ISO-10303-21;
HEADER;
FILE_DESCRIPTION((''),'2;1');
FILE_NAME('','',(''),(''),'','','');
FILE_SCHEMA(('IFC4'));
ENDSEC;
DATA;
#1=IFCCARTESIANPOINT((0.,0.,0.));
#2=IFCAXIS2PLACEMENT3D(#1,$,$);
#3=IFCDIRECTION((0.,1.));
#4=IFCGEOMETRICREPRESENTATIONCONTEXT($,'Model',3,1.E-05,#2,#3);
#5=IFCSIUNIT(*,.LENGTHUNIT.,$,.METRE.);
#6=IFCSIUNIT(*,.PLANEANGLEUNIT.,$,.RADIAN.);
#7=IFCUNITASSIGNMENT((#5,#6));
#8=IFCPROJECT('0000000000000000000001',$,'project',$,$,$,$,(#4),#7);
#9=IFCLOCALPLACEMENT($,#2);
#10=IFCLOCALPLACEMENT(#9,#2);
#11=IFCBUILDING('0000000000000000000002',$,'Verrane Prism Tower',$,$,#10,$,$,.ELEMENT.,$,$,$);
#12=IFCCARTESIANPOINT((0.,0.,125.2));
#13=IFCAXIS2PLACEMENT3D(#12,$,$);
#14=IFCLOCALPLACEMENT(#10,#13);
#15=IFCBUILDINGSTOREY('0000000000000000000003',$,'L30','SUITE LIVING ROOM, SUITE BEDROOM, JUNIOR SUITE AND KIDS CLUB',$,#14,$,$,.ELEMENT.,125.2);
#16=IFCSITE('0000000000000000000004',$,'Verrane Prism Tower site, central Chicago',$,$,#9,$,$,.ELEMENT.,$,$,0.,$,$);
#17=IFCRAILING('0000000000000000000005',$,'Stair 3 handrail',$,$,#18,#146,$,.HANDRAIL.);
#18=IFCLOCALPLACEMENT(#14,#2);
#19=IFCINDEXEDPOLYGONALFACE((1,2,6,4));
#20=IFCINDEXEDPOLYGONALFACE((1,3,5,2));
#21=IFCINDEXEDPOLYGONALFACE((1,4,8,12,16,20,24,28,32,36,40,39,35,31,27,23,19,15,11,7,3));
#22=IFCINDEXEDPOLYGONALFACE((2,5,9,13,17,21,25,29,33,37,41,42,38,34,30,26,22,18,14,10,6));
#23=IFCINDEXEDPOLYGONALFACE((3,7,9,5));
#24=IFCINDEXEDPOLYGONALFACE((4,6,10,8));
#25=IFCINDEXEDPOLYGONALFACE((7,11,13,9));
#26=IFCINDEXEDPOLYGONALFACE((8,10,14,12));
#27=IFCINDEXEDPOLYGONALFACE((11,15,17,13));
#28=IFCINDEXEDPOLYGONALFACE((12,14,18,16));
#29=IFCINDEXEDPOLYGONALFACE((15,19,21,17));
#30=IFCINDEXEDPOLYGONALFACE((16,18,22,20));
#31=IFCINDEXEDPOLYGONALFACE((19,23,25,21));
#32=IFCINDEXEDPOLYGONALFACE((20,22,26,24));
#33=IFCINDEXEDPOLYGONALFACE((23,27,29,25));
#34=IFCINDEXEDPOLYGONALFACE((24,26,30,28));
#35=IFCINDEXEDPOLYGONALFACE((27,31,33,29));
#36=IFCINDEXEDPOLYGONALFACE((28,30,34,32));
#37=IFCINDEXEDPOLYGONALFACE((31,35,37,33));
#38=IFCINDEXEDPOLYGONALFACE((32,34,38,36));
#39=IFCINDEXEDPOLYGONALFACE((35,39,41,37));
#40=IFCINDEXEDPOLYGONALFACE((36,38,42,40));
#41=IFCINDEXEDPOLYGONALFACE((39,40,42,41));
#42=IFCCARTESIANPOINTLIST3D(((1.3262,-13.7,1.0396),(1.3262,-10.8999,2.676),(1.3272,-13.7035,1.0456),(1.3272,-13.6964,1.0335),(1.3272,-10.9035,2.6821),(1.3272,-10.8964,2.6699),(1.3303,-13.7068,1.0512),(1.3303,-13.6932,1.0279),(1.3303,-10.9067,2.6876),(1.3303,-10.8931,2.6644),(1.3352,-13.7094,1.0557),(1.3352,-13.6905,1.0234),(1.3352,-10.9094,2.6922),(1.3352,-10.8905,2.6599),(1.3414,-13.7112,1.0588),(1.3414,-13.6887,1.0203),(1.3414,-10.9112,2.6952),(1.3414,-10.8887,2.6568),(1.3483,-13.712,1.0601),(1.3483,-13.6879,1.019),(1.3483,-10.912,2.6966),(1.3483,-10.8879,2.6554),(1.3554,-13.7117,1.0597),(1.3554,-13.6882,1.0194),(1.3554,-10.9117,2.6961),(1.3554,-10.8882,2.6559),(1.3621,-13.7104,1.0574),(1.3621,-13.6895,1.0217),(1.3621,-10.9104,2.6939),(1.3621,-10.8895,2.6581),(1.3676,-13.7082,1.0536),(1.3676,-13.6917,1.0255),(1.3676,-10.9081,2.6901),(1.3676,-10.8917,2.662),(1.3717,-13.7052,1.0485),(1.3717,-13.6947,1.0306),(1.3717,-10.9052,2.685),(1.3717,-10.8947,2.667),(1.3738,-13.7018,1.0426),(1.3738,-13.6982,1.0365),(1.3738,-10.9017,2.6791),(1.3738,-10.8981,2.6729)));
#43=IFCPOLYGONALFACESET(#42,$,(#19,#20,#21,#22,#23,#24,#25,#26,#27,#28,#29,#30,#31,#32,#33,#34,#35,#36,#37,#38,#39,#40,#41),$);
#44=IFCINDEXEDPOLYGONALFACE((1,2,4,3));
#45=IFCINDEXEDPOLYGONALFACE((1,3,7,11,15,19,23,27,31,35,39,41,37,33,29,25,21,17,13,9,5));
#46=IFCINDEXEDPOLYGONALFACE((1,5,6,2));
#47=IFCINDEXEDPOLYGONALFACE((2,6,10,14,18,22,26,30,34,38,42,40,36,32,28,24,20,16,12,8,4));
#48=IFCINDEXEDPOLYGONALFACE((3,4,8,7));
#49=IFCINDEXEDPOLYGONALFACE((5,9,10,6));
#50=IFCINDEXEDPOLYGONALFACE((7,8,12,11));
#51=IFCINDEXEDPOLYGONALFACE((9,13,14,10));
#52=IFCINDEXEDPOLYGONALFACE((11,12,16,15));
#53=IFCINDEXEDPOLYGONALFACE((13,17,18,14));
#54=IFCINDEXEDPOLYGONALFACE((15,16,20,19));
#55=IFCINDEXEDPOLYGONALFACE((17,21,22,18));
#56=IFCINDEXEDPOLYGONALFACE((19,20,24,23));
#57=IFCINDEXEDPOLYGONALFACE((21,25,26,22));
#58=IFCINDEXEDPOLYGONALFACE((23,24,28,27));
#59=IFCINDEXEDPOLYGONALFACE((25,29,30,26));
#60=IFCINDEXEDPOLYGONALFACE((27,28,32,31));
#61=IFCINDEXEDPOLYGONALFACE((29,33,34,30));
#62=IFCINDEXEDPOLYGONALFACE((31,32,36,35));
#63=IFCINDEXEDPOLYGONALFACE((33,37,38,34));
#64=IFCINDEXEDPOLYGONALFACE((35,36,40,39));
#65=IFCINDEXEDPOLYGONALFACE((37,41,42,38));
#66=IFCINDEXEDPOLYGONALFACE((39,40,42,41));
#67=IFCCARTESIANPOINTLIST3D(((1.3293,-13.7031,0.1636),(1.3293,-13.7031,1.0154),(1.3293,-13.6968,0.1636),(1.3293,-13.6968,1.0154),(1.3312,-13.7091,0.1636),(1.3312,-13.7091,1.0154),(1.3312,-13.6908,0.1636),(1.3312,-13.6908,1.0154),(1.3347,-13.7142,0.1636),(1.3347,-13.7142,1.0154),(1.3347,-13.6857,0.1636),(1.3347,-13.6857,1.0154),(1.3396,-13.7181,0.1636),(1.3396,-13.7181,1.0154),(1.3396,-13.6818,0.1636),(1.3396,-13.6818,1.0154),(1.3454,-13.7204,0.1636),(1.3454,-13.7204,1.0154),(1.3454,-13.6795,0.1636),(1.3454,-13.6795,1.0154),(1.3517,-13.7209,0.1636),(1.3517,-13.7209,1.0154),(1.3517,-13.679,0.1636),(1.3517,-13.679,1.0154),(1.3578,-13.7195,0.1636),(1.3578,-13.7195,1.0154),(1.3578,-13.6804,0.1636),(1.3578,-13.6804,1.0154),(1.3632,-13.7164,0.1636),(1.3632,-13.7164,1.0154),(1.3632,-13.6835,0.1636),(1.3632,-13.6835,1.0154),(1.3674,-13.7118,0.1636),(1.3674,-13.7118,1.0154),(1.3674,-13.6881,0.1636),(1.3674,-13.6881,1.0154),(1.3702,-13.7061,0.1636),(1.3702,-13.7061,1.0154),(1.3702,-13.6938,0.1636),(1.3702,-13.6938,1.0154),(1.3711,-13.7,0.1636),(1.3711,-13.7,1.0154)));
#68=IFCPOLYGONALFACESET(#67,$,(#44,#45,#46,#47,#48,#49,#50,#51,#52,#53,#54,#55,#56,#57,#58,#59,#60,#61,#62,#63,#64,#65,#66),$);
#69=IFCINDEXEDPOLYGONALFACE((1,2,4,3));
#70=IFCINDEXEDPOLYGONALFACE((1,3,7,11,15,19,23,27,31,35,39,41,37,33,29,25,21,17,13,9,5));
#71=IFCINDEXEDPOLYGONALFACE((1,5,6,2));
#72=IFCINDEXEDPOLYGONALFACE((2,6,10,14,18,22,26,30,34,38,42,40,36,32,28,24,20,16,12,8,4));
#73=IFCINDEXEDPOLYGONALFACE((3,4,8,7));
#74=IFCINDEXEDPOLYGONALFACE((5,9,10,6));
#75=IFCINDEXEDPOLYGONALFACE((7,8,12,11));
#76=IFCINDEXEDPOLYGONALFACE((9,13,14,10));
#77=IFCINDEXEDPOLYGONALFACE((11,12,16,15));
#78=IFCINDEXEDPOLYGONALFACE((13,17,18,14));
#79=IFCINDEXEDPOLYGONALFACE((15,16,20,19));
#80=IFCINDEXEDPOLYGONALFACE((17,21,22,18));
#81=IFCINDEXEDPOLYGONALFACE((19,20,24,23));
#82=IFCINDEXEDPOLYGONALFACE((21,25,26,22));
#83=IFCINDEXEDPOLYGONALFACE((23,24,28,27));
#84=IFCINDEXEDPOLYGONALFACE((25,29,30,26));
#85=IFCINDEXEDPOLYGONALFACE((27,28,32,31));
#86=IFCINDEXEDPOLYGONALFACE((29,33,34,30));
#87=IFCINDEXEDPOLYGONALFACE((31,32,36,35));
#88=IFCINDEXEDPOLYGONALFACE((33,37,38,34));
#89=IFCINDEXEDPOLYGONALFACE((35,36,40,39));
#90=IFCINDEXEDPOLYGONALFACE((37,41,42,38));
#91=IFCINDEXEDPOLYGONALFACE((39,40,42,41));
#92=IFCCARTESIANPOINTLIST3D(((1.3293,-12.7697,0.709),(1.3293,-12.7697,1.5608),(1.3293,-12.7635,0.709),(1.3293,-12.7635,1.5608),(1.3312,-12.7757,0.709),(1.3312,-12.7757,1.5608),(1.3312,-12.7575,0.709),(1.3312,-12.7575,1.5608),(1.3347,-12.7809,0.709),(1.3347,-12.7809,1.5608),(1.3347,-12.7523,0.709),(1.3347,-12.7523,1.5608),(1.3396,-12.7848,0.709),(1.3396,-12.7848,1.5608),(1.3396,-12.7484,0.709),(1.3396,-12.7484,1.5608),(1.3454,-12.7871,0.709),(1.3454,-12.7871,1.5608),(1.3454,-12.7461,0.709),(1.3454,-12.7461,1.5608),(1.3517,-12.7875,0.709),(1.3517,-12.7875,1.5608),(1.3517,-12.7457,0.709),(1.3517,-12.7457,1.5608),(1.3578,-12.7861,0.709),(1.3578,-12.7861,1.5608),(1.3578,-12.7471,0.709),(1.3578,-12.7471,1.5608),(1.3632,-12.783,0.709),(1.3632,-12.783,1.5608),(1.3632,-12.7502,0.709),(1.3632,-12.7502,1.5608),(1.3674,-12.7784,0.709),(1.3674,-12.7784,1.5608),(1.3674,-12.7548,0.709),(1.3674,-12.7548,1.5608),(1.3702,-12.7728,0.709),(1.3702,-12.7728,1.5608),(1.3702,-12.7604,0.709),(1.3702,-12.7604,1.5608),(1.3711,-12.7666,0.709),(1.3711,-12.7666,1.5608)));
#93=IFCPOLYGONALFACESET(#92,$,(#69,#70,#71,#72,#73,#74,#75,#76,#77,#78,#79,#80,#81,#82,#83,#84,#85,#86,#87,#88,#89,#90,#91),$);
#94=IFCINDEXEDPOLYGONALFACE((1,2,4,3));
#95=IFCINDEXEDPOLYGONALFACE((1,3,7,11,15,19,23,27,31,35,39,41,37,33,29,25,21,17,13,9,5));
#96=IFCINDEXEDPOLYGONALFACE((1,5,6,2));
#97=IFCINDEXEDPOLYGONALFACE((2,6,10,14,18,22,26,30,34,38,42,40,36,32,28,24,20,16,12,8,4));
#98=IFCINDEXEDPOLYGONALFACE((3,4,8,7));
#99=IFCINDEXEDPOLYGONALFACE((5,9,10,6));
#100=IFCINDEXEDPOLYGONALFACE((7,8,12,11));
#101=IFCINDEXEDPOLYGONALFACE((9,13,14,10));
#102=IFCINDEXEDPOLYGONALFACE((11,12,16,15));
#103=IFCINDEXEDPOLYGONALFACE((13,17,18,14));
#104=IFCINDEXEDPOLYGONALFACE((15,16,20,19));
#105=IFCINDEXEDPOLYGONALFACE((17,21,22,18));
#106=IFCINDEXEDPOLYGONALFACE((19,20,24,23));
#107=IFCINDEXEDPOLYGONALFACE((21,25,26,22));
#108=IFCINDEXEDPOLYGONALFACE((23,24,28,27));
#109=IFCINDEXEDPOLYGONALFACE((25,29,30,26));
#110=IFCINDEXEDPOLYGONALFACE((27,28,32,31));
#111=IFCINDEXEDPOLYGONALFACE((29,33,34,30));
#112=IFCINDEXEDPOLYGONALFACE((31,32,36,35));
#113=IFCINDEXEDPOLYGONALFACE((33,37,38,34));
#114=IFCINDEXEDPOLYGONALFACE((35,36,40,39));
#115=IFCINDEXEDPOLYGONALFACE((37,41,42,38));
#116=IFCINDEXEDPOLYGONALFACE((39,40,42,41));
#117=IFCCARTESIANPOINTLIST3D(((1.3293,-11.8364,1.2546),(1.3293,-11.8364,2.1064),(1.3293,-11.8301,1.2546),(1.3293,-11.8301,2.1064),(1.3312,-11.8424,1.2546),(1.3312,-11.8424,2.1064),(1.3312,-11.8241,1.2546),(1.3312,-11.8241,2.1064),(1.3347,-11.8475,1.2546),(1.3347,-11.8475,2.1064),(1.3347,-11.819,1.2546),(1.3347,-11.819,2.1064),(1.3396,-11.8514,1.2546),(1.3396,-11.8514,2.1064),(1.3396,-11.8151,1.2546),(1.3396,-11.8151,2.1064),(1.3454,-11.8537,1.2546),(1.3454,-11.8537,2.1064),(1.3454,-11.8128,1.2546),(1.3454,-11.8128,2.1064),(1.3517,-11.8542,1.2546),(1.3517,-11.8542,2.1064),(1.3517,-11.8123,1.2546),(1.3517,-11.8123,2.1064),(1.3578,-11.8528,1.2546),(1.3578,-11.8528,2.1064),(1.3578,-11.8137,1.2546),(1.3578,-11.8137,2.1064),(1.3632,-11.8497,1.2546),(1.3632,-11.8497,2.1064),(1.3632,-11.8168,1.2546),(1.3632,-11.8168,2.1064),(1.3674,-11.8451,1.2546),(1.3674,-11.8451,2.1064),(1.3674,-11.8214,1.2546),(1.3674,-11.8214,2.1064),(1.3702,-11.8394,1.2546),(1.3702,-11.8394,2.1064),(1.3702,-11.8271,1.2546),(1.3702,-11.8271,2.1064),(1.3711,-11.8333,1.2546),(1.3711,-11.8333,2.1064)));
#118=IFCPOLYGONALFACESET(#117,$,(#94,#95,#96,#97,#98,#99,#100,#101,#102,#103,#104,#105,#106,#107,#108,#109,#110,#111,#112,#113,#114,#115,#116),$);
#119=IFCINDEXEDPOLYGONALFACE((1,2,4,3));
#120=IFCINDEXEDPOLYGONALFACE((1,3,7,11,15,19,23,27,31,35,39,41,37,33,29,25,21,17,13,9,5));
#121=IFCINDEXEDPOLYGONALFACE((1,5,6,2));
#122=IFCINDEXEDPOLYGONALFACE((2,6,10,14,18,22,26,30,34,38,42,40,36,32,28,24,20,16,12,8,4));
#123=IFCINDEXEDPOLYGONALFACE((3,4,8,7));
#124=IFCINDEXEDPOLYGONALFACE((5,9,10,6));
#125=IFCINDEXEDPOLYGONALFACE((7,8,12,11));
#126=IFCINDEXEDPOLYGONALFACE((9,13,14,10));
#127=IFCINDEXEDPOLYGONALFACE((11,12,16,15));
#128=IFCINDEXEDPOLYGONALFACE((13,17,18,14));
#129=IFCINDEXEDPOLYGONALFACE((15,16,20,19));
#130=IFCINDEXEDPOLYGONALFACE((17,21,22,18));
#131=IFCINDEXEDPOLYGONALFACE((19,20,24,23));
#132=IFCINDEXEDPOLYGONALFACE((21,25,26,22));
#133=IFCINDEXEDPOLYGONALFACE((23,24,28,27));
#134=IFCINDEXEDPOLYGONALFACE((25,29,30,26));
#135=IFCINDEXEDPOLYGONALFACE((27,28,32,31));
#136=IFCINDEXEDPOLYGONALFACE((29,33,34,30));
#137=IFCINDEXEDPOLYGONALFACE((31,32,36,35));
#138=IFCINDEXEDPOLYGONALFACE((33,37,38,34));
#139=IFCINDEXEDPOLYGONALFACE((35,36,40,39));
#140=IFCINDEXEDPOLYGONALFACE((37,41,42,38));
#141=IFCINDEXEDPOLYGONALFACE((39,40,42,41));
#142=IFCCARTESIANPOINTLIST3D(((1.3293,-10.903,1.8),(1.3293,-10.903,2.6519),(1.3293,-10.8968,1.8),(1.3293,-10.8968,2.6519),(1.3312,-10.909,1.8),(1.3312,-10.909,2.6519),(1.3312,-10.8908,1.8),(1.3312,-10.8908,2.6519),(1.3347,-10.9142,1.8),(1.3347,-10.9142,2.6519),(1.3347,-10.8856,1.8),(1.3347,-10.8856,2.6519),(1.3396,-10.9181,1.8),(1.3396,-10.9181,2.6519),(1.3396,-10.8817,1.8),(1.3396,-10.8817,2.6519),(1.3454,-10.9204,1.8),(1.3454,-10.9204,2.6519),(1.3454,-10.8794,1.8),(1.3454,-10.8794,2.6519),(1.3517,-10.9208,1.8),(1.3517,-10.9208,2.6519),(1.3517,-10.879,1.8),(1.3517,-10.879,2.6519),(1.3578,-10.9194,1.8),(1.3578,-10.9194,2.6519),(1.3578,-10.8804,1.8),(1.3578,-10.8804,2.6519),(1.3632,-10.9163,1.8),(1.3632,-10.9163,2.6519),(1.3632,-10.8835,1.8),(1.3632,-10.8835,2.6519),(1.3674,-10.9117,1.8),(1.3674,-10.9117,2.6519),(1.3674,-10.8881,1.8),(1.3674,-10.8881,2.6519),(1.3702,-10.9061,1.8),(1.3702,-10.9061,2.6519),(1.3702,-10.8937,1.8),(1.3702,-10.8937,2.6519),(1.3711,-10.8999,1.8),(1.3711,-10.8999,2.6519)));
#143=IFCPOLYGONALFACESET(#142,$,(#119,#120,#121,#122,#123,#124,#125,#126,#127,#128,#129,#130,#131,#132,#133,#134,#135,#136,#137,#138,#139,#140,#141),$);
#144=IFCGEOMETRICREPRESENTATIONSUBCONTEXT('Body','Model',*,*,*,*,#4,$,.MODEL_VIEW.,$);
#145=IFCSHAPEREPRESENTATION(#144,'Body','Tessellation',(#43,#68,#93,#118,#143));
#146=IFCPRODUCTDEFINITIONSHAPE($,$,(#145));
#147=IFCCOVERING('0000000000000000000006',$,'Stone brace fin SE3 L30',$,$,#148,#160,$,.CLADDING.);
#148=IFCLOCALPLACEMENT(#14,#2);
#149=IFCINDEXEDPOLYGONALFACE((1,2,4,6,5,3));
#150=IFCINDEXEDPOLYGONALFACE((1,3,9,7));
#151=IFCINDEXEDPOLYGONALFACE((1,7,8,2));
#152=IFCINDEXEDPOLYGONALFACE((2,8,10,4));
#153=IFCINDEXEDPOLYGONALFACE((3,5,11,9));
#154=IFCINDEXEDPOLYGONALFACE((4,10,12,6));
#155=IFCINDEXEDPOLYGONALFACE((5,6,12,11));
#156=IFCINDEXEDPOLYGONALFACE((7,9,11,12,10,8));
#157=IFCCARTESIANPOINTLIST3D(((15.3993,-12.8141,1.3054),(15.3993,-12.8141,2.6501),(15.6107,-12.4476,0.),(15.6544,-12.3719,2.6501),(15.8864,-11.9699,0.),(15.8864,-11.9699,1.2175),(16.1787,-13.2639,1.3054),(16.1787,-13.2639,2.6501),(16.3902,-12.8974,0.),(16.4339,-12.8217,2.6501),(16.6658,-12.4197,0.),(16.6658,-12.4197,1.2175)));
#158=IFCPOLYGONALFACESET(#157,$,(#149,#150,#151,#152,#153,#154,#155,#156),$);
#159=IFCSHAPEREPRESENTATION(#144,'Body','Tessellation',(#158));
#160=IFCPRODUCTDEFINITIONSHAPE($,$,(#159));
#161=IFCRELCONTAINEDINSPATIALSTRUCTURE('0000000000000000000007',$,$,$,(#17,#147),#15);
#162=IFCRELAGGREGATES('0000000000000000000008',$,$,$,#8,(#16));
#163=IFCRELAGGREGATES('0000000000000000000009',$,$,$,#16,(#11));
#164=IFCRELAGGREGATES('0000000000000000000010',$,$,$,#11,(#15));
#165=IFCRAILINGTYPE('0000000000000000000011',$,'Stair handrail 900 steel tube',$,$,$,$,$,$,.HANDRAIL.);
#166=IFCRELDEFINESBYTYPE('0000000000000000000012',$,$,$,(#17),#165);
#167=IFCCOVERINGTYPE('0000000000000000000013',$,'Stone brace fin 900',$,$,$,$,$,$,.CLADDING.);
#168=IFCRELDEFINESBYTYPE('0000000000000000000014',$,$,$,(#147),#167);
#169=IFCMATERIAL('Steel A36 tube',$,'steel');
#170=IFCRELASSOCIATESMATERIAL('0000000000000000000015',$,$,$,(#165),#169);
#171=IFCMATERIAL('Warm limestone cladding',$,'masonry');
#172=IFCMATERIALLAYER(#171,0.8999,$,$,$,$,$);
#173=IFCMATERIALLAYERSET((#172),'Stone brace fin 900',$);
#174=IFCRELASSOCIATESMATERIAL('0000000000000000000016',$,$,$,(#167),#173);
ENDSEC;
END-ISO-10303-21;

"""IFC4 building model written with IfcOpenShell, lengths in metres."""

from ifc_helpers import new_model, si_unit, direction, frame, origin, origin_2d, place, context, subcontext, project, spatial, polyline, circle, outline, extrude, material, layer, layer_set, type_object, element, save


model = new_model("IFC4")

# Units and contexts
model_context = context("Model", 3, precision=1e-05, world=origin(), true_north=direction((0.0, 1.0)))
body_context = subcontext(model_context, "Body", "Model", "MODEL_VIEW")
ifc_project = project(units=[si_unit("LENGTHUNIT", "METRE"), si_unit("PLANEANGLEUNIT", "RADIAN")], contexts=[model_context])

# Site, building, storey
site_placement = place(None, origin())
site = spatial("IfcSite", under=ifc_project, at=site_placement, Name="Verrane Prism Tower site, central Chicago", CompositionType="ELEMENT", RefElevation=0.0)
building_placement = place(site_placement, origin())
building = spatial("IfcBuilding", under=site, at=building_placement, Name="Verrane Prism Tower", CompositionType="ELEMENT")
storey_placement = place(building_placement, frame((0.0, 0.0, 125.2)))
storey = spatial("IfcBuildingStorey", under=building, at=storey_placement, Name="L30", Description="SUITE LIVING ROOM, SUITE BEDROOM, JUNIOR SUITE AND KIDS CLUB", CompositionType="ELEMENT", Elevation=125.2)

# Railing
ifc_material_1 = material(Name="Steel A36 tube", Category="steel")
railing_type_1 = type_object("IfcRailingType", Name="Stair handrail 900 steel tube", PredefinedType="HANDRAIL", material=ifc_material_1)
railing_1_placement = place(storey_placement, frame((1.3501, -13.7, 0.1636)))
element("IfcRailing", 1, at=railing_1_placement, inside=storey, type_object=railing_type_1, Name="Stair 3 handrail", PredefinedType="HANDRAIL", context=body_context, shape_type="SweptSolid", body=[
    extrude(circle(Radius=0.0239, at=origin_2d()), frame((0.0, 0.0, 0.876), z_axis=(0.0, 0.863361, 0.504587), x_axis=(-1.0, 0.0, 0.0)), (0.0, 0.0, 1.0), 3.2432),
    extrude(circle(Radius=0.021, at=origin_2d()), origin(), (0.0, 0.0, 1.0), 0.8518),
    extrude(circle(Radius=0.021, at=origin_2d()), frame((0.0, 0.9333, 0.5454)), (0.0, 0.0, 1.0), 0.8518),
    extrude(circle(Radius=0.021, at=origin_2d()), frame((0.0, 1.8667, 1.0911)), (0.0, 0.0, 1.0), 0.8518),
    extrude(circle(Radius=0.021, at=origin_2d()), frame((0.0, 2.8, 1.6365)), (0.0, 0.0, 1.0), 0.8518),
])

# Covering
ifc_material_2 = material(Name="Warm limestone cladding", Category="masonry")
ifc_layer_1 = layer(ifc_material_2, 0.8999)
ifc_layer_set_1 = layer_set([ifc_layer_1], Name="Stone brace fin 900")
covering_type = type_object("IfcCoveringType", Name="Stone brace fin 900", PredefinedType="CLADDING", material=ifc_layer_set_1)
covering_placement = place(storey_placement, frame((16.2761, -12.1948, 0.0), z_axis=(0.0, 0.0, 1.0), x_axis=(-0.499831, -0.866123, 0.0)))
element("IfcCovering", 2, at=covering_placement, inside=storey, type_object=covering_type, Name="Stone brace fin SE3 L30", PredefinedType="CLADDING", context=body_context, shape_type="SweptSolid", body=[
    extrude(outline(polyline([(0.9746, 2.6501), (0.4641, 2.6501), (0.0, 1.2175), (0.0, 0.0), (0.5515, 0.0), (0.9746, 1.3054), (0.9746, 2.6501)])), frame((0.0, 0.45, 0.0), z_axis=(0.0, -1.0, 0.0), x_axis=(1.0, 0.0, 0.0)), (0.0, 0.0, 1.0), 0.8999),
])

save(model, "model.ifc")
